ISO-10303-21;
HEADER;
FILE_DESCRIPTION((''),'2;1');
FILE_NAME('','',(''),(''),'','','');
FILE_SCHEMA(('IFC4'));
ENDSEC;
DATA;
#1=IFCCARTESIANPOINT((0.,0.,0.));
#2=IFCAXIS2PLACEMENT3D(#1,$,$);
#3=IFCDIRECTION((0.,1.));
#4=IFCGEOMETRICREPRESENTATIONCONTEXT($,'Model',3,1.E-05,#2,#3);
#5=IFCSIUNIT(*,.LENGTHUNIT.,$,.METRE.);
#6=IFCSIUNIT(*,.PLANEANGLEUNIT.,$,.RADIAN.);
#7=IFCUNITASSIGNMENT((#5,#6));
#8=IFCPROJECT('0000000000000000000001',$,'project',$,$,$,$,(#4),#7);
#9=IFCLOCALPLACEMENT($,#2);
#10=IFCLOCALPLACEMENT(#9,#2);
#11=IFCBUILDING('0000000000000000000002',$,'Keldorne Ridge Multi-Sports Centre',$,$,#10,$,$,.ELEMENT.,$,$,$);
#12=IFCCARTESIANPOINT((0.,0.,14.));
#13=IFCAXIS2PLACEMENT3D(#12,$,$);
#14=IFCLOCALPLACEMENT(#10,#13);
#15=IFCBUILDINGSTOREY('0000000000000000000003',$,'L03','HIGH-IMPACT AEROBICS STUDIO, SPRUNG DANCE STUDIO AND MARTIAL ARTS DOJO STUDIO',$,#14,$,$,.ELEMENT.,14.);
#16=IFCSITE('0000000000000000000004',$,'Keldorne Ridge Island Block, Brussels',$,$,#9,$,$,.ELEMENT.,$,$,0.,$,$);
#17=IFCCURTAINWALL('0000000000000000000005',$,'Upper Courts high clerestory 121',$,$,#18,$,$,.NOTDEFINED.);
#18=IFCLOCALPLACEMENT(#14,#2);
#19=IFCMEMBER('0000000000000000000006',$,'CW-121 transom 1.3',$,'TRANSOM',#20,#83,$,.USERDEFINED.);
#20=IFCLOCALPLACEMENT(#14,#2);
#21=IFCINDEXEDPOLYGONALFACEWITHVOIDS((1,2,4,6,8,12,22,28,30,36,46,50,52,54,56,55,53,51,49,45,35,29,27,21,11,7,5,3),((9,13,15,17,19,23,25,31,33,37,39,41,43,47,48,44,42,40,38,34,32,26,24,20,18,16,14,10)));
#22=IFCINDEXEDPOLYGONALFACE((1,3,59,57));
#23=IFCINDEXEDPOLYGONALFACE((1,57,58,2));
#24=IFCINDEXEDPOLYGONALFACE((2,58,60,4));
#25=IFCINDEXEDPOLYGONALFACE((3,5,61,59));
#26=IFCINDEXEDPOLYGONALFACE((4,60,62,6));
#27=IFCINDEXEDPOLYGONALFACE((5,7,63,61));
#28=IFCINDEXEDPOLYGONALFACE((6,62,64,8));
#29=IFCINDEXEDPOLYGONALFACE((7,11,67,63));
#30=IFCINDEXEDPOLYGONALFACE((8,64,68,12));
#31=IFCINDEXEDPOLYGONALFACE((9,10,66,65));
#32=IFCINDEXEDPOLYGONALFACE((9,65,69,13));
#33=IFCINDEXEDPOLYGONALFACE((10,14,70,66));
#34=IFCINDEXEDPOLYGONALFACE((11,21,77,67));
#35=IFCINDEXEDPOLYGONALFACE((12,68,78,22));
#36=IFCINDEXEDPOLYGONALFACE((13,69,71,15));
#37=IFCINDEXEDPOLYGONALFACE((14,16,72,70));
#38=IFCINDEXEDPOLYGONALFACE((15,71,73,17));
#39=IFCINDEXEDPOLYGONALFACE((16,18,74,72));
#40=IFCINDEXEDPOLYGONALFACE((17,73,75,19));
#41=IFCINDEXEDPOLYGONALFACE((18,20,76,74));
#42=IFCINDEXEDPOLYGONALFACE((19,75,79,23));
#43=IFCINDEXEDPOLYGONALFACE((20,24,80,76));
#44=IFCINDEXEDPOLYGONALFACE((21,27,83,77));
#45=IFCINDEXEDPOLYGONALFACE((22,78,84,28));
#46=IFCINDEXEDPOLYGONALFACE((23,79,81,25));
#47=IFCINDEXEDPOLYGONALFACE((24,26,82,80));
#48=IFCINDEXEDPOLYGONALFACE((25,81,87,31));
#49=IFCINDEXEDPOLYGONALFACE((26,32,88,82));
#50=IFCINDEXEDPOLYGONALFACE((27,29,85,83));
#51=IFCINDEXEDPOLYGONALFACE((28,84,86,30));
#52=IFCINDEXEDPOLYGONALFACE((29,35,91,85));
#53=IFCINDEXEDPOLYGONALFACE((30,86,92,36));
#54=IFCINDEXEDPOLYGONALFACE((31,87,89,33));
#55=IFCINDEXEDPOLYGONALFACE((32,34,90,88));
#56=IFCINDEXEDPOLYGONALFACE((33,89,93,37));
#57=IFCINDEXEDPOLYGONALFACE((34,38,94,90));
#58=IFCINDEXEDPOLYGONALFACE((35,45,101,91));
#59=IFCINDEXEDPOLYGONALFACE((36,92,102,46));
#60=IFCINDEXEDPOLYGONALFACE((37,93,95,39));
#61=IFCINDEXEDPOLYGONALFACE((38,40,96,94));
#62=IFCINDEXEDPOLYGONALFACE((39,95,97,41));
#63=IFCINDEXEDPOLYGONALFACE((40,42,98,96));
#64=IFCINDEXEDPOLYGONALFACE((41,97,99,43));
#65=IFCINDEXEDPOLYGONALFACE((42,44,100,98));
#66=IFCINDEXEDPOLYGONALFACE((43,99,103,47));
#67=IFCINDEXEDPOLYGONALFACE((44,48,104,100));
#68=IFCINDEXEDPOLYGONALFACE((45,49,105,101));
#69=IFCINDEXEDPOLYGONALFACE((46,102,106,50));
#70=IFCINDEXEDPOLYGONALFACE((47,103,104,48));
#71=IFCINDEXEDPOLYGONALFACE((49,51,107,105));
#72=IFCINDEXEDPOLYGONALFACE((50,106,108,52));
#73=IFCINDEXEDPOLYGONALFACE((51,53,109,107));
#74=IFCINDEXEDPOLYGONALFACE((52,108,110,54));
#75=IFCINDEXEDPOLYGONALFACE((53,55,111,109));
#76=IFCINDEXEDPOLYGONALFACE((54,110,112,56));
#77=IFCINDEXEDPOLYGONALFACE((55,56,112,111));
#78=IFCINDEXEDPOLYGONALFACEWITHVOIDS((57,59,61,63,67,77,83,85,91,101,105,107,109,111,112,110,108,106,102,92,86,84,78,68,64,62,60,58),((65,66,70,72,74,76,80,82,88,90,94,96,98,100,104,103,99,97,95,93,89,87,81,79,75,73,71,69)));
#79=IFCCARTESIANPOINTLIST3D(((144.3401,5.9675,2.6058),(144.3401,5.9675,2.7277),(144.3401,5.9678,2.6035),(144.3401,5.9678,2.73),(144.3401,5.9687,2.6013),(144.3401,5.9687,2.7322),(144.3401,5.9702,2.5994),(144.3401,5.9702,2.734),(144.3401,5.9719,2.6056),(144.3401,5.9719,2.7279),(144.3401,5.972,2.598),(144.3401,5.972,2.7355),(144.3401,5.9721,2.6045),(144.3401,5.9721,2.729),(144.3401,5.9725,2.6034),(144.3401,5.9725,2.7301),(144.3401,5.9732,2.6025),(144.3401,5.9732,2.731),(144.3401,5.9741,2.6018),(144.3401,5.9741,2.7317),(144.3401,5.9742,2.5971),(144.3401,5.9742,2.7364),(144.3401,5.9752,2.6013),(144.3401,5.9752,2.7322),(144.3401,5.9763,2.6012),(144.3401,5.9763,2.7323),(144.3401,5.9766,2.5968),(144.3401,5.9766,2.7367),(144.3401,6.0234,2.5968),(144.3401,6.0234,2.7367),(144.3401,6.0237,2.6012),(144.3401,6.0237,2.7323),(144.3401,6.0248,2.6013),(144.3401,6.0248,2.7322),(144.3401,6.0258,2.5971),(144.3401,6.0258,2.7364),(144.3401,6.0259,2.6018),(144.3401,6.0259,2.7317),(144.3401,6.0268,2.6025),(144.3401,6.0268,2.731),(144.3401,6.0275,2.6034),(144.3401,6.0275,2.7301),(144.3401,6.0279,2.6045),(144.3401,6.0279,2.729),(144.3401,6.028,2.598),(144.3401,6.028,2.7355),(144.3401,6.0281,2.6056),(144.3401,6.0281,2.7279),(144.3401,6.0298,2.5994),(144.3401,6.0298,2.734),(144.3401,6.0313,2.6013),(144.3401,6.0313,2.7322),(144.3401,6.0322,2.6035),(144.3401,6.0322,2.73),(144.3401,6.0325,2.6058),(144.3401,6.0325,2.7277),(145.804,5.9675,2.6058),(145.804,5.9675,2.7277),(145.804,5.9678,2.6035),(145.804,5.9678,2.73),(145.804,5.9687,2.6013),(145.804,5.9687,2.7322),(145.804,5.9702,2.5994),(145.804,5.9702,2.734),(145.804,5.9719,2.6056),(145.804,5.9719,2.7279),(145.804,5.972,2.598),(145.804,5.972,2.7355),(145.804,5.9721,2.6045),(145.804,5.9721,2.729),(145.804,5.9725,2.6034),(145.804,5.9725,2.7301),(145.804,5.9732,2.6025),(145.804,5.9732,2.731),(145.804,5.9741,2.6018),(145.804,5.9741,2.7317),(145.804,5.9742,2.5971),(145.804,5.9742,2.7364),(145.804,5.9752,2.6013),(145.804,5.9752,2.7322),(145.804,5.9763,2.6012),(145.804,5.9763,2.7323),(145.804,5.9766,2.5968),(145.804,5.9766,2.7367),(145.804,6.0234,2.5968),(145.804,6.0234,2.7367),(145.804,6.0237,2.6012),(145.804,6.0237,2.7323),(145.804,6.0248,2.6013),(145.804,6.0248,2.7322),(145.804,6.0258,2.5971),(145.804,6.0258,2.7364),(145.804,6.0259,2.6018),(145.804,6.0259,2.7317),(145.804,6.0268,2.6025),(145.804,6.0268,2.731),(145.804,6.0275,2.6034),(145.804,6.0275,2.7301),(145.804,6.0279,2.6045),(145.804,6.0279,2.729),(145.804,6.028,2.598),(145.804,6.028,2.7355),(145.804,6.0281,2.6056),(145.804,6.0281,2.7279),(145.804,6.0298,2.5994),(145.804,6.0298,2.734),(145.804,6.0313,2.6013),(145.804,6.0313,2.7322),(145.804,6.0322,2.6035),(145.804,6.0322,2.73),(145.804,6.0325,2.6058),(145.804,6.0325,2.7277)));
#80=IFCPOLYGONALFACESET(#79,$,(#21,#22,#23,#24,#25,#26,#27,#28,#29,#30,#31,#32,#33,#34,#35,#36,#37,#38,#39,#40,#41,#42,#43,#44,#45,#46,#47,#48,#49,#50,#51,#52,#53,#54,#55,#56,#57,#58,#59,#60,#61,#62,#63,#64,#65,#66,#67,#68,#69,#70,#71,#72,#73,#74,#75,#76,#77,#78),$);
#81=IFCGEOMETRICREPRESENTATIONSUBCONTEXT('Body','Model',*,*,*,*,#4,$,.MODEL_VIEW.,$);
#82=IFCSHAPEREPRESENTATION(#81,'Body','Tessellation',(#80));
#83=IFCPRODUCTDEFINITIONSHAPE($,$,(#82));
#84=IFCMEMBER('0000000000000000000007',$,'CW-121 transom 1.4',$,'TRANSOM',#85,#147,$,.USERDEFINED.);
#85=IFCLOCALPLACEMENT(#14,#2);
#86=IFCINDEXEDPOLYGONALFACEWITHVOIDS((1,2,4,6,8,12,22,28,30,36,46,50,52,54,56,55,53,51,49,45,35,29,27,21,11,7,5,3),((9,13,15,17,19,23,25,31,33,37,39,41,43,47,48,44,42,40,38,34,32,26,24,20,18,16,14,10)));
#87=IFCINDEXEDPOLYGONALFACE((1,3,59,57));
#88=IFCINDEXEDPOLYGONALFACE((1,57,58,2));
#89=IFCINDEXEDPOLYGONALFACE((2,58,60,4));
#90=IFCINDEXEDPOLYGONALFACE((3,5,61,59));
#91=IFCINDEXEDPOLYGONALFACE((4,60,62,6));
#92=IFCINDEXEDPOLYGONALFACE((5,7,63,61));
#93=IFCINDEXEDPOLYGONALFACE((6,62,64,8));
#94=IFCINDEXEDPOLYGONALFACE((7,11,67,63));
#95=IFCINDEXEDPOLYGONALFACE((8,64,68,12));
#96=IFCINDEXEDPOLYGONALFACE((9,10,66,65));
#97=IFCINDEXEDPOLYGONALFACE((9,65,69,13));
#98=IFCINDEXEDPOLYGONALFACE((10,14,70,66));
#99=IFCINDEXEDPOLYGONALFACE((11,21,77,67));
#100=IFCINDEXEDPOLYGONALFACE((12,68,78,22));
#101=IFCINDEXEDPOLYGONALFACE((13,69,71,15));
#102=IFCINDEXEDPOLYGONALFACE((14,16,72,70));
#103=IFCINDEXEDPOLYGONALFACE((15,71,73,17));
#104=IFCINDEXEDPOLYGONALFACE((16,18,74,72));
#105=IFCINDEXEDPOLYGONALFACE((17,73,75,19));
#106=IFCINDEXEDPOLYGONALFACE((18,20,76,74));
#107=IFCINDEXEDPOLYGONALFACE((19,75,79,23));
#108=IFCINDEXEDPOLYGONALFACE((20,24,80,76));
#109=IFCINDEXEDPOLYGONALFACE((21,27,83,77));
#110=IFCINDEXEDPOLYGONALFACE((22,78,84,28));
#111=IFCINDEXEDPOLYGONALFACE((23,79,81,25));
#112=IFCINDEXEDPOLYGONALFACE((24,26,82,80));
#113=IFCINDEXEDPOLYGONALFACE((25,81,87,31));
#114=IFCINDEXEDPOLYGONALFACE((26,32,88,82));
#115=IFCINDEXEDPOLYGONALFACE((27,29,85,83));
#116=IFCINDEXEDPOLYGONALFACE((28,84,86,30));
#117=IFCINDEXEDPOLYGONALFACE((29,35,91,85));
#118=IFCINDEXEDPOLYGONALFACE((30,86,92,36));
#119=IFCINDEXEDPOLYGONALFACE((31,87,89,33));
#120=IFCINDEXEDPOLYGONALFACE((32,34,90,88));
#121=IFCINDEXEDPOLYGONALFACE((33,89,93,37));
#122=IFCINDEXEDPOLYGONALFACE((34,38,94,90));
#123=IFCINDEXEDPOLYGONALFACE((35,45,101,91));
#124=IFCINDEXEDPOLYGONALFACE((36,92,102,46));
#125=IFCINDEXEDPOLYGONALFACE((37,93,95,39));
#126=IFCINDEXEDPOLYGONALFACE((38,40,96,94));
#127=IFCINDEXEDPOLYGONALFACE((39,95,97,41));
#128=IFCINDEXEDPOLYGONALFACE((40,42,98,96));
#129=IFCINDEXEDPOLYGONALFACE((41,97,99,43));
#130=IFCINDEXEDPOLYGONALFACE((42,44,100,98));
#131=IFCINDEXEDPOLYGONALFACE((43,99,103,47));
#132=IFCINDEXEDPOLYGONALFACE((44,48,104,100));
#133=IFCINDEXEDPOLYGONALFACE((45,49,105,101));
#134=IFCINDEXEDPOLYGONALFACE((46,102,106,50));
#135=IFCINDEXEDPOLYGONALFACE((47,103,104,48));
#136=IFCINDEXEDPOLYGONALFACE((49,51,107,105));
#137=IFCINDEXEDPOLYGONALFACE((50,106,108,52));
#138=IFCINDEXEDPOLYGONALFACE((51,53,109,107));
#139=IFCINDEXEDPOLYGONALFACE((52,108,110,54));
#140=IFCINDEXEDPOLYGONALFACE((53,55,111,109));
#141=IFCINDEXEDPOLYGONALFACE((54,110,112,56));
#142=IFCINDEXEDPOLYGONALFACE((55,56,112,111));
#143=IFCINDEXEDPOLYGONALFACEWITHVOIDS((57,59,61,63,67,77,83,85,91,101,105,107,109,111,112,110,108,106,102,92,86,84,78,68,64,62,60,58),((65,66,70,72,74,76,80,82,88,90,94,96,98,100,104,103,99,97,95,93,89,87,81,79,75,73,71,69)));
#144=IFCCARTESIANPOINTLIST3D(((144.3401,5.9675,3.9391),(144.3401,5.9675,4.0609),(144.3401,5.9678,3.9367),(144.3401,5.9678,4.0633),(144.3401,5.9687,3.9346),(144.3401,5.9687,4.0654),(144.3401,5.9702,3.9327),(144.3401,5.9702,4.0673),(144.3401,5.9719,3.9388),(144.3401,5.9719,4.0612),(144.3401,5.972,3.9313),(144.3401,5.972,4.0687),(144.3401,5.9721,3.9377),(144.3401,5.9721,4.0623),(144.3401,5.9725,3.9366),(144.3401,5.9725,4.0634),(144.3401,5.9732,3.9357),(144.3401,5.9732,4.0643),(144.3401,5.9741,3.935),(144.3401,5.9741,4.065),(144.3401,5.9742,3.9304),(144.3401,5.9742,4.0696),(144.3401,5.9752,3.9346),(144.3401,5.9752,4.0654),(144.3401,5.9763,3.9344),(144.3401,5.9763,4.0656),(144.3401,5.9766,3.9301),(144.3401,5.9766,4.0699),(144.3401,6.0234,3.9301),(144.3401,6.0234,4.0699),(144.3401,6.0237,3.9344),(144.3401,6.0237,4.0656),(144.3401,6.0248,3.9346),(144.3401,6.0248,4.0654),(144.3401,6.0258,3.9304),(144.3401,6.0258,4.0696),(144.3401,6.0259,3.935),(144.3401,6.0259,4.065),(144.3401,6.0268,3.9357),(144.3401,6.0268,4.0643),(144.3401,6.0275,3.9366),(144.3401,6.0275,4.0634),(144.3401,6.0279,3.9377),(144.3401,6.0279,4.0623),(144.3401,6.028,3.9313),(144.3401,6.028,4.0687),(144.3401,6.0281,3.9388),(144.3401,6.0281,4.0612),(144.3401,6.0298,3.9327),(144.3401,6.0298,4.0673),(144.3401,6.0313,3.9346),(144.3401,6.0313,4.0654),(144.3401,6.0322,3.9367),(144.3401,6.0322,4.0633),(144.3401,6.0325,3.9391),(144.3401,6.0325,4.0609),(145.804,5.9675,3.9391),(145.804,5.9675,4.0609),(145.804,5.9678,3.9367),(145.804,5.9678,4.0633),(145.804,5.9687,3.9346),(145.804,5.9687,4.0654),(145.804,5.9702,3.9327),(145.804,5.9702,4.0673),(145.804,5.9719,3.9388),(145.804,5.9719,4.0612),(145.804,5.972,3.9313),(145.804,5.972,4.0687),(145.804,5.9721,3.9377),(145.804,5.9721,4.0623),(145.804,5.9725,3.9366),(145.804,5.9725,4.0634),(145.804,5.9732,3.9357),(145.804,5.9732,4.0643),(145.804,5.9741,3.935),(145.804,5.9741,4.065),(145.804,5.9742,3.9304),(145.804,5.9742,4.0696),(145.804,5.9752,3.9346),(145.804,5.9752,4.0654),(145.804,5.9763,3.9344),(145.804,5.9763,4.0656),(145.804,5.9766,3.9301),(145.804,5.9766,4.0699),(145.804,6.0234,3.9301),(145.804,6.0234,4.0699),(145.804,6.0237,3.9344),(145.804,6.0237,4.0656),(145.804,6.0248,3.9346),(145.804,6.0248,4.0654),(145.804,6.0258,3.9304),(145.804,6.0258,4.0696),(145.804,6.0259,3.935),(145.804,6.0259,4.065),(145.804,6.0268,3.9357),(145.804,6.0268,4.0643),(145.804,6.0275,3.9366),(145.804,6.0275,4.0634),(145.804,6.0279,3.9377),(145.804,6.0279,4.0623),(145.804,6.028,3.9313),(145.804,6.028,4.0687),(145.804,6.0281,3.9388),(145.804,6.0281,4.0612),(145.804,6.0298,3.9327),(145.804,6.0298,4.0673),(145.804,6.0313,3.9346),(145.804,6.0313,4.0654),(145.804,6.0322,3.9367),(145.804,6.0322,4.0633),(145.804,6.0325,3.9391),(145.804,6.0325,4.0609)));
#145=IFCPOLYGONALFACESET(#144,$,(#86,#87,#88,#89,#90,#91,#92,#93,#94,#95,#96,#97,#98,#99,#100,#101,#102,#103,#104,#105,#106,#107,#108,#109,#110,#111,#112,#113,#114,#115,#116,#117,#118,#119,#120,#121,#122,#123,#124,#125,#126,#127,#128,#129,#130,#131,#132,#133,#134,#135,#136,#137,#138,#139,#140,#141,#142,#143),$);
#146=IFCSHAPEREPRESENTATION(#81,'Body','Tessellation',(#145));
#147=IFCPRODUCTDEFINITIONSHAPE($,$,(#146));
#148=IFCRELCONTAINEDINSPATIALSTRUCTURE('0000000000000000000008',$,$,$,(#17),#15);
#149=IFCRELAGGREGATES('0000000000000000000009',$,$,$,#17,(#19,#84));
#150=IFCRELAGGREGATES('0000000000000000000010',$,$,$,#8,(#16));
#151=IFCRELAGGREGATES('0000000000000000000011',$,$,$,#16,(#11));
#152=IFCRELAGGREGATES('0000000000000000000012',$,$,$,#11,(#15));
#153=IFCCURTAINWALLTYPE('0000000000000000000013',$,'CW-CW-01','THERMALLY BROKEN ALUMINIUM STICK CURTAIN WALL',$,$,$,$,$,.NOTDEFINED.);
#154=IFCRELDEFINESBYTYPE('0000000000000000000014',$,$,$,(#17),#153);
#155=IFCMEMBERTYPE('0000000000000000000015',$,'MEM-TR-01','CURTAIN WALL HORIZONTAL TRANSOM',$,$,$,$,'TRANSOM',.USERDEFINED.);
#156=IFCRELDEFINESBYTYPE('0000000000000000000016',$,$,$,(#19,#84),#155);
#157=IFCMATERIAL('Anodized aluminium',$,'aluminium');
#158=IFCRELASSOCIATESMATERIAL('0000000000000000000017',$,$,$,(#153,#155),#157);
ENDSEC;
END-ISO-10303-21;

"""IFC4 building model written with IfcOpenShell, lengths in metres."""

from ifc_helpers import new_model, si_unit, direction, frame, origin, origin_2d, place, context, subcontext, project, spatial, hollow_rectangle, extrude, material, material_profile, profile_set, type_object, element, aggregate, save


model = new_model("IFC4")

# Units and contexts
model_context = context("Model", 3, precision=1e-05, world=origin(), true_north=direction((0.0, 1.0)))
body_context = subcontext(model_context, "Body", "Model", "MODEL_VIEW")
ifc_project = project(units=[si_unit("LENGTHUNIT", "METRE"), si_unit("PLANEANGLEUNIT", "RADIAN")], contexts=[model_context])

# Site, building, storey
site_placement = place(None, origin())
site = spatial("IfcSite", under=ifc_project, at=site_placement, Name="Keldorne Ridge Island Block, Brussels", CompositionType="ELEMENT", RefElevation=0.0)
building_placement = place(site_placement, origin())
building = spatial("IfcBuilding", under=site, at=building_placement, Name="Keldorne Ridge Multi-Sports Centre", CompositionType="ELEMENT")
storey_placement = place(building_placement, frame((0.0, 0.0, 14.0)))
storey = spatial("IfcBuildingStorey", under=building, at=storey_placement, Name="L03", Description="HIGH-IMPACT AEROBICS STUDIO, SPRUNG DANCE STUDIO AND MARTIAL ARTS DOJO STUDIO", CompositionType="ELEMENT", Elevation=14.0)

# Curtain wall
ifc_material_1 = material(Name="Anodized aluminium", Category="aluminium")
curtain_wall_type = type_object("IfcCurtainWallType", Name="CW-CW-01", Description="THERMALLY BROKEN ALUMINIUM STICK CURTAIN WALL", PredefinedType="NOTDEFINED", material=ifc_material_1)
curtain_wall_placement = place(storey_placement, origin())
curtain_wall = element("IfcCurtainWall", 1, at=curtain_wall_placement, inside=storey, type_object=curtain_wall_type, Name="Upper Courts high clerestory 121", PredefinedType="NOTDEFINED")

# Members
ifc_material_profile_1 = material_profile(ifc_material_1, hollow_rectangle(XDim=0.0649, YDim=0.1399, WallThickness=0.0044, InnerFilletRadius=0.0044, OuterFilletRadius=0.009, at=origin_2d()), Name="ALU TRANSOM 140x65x4.5")
ifc_profile_set_1 = profile_set([ifc_material_profile_1], Name="Anodized aluminium")
member_type_1 = type_object("IfcMemberType", Name="MEM-TR-01", Description="CURTAIN WALL HORIZONTAL TRANSOM", ElementType="TRANSOM", PredefinedType="USERDEFINED", material=ifc_profile_set_1)
member_1_placement = place(storey_placement, frame((144.3401, 6.0, 2.6667), z_axis=(1.0, 0.0, 0.0), x_axis=(0.0, 1.0, 0.0)))
member_1 = element("IfcMember", 2, at=member_1_placement, type_object=member_type_1, Name="CW-121 transom 1.3", ObjectType="TRANSOM", PredefinedType="USERDEFINED", context=body_context, shape_type="SweptSolid", body=[
    extrude(hollow_rectangle(XDim=0.0649, YDim=0.1399, WallThickness=0.0044, InnerFilletRadius=0.0044, OuterFilletRadius=0.009, at=origin_2d()), origin(), (0.0, 0.0, 1.0), 1.4639),
])
member_2_placement = place(storey_placement, frame((144.3401, 6.0, 4.0), z_axis=(1.0, 0.0, 0.0), x_axis=(0.0, 1.0, 0.0)))
member_2 = element("IfcMember", 3, at=member_2_placement, type_object=member_type_1, Name="CW-121 transom 1.4", ObjectType="TRANSOM", PredefinedType="USERDEFINED", context=body_context, shape_type="SweptSolid", body=[
    extrude(hollow_rectangle(XDim=0.0649, YDim=0.1399, WallThickness=0.0044, InnerFilletRadius=0.0044, OuterFilletRadius=0.009, at=origin_2d()), origin(), (0.0, 0.0, 1.0), 1.4639),
])

aggregate(curtain_wall, [member_1, member_2])

save(model, "model.ifc")
